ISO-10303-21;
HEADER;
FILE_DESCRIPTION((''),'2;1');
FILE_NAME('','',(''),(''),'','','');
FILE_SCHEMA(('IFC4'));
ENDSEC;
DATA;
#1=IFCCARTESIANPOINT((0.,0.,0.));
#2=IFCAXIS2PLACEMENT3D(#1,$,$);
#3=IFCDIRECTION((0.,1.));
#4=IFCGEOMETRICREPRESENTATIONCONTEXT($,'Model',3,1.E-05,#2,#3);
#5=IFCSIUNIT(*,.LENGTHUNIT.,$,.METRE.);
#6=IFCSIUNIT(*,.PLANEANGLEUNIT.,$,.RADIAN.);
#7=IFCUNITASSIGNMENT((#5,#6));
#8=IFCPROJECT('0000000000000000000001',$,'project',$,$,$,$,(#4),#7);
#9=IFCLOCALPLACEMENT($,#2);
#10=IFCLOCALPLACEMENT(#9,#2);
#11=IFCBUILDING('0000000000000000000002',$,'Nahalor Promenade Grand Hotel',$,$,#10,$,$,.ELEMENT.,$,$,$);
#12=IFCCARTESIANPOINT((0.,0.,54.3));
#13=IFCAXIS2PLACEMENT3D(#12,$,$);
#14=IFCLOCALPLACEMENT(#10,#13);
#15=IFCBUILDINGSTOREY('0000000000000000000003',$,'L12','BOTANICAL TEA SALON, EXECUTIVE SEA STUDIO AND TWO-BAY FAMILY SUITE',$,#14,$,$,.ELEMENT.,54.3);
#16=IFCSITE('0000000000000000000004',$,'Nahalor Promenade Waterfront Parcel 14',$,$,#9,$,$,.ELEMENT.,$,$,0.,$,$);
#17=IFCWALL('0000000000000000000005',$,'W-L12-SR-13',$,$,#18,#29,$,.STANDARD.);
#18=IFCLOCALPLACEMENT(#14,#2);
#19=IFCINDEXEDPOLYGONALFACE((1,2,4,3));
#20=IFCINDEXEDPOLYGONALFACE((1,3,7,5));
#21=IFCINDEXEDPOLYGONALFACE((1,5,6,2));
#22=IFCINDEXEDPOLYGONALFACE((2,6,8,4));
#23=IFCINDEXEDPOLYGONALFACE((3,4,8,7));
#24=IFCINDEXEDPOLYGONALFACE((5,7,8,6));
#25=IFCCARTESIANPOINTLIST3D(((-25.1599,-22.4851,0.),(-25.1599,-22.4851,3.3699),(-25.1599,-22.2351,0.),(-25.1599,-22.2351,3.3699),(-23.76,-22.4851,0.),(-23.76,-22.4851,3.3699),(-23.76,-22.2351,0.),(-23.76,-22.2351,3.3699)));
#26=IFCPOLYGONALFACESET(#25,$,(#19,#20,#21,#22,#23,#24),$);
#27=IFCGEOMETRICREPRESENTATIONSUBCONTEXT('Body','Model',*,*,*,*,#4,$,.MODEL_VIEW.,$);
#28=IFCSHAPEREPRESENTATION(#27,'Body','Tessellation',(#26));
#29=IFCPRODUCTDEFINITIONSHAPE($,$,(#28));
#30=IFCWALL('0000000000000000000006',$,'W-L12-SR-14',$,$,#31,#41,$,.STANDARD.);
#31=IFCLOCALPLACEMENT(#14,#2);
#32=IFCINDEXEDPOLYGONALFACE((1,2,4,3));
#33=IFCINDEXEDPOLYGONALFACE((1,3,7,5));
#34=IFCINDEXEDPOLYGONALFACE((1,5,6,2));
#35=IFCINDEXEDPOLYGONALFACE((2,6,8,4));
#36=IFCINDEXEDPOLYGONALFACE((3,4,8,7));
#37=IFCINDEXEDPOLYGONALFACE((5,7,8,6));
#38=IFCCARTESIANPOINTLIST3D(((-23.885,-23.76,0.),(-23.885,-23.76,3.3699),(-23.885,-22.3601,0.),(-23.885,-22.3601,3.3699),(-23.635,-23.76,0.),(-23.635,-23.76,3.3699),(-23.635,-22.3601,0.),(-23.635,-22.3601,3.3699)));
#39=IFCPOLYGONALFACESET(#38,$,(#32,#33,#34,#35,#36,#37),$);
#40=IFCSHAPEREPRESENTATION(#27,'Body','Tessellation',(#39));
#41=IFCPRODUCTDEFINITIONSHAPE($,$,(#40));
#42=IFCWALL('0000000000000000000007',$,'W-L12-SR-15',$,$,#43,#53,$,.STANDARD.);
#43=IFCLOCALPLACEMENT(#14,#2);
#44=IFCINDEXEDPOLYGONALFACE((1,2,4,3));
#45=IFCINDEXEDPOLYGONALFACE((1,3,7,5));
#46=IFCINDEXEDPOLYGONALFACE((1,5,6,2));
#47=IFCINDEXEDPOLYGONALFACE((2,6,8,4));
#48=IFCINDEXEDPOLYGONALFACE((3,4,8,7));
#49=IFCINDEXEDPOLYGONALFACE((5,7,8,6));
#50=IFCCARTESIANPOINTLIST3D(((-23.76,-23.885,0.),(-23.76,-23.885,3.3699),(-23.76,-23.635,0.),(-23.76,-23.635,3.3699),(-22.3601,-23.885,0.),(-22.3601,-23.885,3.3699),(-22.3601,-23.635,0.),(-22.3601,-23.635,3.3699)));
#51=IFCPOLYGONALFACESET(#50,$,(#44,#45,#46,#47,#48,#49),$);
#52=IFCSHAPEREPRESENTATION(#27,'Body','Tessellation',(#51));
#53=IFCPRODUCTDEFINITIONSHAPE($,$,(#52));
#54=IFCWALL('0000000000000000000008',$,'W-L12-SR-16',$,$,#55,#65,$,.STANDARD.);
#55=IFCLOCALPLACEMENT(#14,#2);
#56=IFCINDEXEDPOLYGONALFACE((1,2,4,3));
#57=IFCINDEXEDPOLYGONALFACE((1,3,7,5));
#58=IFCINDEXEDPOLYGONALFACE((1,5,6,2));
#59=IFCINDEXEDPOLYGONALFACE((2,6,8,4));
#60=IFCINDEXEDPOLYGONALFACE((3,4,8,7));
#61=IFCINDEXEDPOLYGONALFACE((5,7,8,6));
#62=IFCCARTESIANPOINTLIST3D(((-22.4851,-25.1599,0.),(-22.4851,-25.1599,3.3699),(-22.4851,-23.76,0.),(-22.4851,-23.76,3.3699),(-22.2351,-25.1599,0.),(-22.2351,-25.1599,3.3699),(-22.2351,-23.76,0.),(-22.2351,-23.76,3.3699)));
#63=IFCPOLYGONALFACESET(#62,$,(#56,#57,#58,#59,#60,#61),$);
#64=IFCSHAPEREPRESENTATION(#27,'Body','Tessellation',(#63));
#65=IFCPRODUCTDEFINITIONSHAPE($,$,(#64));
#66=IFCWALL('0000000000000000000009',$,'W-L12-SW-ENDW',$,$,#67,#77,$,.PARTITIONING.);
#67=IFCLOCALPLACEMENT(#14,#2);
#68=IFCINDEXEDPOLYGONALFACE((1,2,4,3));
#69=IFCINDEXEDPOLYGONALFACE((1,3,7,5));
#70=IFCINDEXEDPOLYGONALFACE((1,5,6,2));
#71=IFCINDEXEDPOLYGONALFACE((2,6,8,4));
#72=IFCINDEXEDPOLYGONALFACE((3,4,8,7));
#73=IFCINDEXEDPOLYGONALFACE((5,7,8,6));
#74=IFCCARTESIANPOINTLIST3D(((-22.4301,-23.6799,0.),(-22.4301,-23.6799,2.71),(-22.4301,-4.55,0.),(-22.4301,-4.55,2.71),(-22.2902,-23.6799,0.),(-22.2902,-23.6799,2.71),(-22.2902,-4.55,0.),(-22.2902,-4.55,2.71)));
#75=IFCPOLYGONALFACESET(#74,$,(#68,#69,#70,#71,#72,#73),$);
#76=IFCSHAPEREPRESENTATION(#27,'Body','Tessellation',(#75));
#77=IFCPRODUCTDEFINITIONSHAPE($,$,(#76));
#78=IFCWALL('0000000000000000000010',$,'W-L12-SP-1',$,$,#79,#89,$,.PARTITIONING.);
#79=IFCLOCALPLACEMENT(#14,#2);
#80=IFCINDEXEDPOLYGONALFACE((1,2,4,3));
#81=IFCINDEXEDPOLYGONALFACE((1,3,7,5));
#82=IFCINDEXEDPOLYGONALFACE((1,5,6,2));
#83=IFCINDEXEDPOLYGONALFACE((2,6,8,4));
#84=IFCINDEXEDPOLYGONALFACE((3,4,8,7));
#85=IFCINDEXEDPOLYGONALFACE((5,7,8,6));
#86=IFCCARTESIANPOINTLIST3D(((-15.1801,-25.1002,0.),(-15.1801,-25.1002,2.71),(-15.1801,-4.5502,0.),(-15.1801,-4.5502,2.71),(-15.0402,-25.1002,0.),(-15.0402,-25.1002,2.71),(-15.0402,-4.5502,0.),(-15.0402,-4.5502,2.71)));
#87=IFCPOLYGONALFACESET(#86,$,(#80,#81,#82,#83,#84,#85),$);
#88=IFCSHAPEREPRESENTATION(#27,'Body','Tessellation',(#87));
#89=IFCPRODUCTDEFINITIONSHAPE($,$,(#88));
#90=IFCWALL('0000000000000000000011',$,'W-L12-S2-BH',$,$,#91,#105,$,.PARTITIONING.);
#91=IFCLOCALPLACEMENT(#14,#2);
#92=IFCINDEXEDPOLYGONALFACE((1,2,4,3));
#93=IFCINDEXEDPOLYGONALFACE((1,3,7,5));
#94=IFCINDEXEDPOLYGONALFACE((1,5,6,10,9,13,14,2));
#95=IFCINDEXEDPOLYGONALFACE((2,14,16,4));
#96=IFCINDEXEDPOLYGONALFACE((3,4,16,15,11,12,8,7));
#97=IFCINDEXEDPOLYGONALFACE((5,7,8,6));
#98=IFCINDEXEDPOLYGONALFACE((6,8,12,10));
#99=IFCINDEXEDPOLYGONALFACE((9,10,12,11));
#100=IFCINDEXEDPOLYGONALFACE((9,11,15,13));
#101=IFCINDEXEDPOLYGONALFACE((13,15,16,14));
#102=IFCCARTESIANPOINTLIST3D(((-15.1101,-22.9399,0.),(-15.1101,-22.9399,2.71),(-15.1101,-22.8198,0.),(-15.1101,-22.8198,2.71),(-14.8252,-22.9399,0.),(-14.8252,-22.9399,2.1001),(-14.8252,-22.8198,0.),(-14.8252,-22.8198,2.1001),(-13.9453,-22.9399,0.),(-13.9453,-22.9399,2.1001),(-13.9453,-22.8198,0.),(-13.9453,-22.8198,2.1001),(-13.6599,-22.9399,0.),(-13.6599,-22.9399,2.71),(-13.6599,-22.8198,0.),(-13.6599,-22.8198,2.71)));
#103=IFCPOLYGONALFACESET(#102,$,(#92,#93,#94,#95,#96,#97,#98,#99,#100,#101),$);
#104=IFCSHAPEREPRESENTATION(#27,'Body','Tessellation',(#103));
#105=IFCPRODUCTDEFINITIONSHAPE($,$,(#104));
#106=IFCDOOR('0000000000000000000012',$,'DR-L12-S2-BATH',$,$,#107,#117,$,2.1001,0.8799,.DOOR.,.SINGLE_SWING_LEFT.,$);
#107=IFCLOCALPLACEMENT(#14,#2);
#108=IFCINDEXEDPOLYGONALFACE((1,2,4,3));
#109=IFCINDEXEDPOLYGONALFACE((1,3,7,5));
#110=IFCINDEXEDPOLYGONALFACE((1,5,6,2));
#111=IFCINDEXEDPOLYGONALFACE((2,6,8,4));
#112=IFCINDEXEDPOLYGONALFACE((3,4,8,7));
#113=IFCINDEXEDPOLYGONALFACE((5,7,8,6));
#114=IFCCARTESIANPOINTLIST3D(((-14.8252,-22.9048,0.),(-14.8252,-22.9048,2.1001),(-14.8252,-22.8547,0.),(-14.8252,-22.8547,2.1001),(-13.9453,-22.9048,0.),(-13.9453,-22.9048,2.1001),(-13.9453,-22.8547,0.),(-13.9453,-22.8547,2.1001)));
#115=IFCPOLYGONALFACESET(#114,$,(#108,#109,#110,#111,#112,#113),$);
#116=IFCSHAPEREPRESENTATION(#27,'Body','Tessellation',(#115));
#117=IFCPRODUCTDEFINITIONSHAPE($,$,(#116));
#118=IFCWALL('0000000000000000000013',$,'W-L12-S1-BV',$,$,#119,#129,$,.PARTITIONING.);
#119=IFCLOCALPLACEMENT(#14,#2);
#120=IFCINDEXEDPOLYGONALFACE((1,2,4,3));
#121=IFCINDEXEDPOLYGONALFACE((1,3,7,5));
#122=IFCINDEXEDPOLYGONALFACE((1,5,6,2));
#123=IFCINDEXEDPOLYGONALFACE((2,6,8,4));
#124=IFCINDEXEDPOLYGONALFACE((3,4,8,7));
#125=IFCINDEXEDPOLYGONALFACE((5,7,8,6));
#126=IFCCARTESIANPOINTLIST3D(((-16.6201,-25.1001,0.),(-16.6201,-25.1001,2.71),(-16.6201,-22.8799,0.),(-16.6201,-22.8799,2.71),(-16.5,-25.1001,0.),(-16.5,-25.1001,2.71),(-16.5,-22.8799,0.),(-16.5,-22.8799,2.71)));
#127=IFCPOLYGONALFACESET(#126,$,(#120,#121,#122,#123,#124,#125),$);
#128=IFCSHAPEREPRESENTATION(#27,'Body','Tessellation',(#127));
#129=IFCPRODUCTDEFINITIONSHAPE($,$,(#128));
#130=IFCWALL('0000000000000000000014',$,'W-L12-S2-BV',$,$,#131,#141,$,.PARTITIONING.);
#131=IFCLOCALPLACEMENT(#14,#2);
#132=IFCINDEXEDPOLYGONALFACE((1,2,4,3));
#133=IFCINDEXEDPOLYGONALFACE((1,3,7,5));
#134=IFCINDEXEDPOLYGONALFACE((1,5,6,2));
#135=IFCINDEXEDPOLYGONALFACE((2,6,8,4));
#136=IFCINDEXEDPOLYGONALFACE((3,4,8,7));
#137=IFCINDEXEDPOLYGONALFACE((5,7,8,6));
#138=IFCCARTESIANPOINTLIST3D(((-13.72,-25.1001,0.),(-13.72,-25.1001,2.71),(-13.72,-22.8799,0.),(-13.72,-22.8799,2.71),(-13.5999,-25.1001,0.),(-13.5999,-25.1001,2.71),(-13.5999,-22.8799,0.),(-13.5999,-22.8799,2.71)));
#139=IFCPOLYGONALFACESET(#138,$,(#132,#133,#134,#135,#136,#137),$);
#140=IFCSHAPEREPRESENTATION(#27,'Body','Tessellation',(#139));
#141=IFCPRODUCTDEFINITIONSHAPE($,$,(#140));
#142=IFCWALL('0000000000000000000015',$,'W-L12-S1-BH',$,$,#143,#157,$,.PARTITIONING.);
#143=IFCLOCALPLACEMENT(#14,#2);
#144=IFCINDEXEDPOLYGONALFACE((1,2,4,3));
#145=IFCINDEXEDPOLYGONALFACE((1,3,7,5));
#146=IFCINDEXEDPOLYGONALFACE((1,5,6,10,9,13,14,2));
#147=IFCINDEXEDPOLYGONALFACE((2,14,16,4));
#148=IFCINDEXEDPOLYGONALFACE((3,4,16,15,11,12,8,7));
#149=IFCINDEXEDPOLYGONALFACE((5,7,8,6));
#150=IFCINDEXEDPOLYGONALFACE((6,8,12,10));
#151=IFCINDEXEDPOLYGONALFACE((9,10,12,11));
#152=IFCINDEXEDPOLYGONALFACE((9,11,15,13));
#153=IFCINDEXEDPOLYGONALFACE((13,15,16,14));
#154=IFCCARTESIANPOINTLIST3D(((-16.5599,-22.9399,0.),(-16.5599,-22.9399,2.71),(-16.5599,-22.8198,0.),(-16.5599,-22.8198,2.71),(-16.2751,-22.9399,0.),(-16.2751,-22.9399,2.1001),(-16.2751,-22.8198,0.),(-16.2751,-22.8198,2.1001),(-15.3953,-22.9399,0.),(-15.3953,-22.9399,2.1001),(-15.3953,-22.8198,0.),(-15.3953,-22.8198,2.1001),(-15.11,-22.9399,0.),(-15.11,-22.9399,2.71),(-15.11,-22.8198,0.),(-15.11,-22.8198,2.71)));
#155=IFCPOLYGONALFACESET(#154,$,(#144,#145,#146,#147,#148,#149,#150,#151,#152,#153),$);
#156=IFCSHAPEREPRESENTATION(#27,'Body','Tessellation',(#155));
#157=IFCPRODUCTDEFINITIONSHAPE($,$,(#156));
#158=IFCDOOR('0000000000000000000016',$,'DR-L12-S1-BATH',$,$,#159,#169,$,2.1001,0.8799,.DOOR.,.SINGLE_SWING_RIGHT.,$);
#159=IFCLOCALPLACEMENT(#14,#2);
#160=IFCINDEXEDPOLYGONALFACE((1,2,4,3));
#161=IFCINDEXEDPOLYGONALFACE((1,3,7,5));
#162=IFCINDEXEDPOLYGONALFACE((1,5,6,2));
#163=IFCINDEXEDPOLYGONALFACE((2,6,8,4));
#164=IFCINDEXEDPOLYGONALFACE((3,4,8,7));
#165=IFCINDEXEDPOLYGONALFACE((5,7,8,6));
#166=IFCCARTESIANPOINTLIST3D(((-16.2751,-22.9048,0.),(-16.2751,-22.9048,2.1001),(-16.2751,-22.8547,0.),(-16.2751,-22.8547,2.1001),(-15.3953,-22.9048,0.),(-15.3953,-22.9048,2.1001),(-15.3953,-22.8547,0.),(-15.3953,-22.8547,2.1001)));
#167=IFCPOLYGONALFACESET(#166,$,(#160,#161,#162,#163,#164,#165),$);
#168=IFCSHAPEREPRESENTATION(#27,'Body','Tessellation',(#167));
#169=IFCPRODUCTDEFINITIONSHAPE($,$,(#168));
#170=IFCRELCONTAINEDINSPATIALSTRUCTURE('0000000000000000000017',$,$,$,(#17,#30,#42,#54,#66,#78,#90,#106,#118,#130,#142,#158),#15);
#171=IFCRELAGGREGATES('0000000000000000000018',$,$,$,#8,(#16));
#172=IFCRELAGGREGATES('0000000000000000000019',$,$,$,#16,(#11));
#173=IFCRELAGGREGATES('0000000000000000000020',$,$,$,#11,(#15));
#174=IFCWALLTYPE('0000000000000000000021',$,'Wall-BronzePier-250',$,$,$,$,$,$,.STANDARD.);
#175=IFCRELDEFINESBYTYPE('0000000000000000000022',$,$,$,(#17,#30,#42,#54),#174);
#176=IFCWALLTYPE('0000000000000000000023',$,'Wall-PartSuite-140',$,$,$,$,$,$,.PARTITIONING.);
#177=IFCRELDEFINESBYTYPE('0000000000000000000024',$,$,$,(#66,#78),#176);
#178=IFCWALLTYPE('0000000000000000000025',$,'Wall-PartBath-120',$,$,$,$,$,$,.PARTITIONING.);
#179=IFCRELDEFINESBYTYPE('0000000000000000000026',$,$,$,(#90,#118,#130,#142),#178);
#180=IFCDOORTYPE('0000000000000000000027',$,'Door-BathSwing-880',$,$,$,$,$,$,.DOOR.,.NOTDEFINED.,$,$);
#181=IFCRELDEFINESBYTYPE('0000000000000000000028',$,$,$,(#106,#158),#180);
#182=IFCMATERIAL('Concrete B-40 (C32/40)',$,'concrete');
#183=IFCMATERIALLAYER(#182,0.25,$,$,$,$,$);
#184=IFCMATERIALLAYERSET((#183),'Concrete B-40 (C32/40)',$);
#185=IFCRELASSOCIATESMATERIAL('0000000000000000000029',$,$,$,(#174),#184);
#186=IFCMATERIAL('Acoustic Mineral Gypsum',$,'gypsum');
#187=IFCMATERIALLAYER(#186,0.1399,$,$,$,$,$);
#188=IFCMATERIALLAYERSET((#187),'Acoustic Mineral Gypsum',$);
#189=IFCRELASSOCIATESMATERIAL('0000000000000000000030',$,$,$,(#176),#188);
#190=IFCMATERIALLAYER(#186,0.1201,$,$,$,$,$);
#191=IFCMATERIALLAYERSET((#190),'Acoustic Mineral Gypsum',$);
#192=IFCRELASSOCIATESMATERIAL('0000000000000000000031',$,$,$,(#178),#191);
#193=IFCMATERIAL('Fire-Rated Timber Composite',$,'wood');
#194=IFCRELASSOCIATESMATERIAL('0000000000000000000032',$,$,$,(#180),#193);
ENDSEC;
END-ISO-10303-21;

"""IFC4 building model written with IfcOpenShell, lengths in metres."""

from ifc_helpers import new_model, si_unit, direction, frame, frame_2d, origin, place, context, subcontext, project, spatial, rectangle, extrude, source, transform, mapped, material, layer, layer_set, type_object, element, fill, save


model = new_model("IFC4")

# Units and contexts
model_context = context("Model", 3, precision=1e-05, world=origin(), true_north=direction((0.0, 1.0)))
body_context = subcontext(model_context, "Body", "Model", "MODEL_VIEW")
ifc_project = project(units=[si_unit("LENGTHUNIT", "METRE"), si_unit("PLANEANGLEUNIT", "RADIAN")], contexts=[model_context])

# Site, building, storey
site_placement = place(None, origin())
site = spatial("IfcSite", under=ifc_project, at=site_placement, Name="Nahalor Promenade Waterfront Parcel 14", CompositionType="ELEMENT", RefElevation=0.0)
building_placement = place(site_placement, origin())
building = spatial("IfcBuilding", under=site, at=building_placement, Name="Nahalor Promenade Grand Hotel", CompositionType="ELEMENT")
storey_placement = place(building_placement, frame((0.0, 0.0, 54.3)))
storey = spatial("IfcBuildingStorey", under=building, at=storey_placement, Name="L12", Description="BOTANICAL TEA SALON, EXECUTIVE SEA STUDIO AND TWO-BAY FAMILY SUITE", CompositionType="ELEMENT", Elevation=54.3)

# Walls
ifc_material_1 = material(Name="Concrete B-40 (C32/40)", Category="concrete")
ifc_layer_1 = layer(ifc_material_1, 0.25)
ifc_layer_set_1 = layer_set([ifc_layer_1], Name="Concrete B-40 (C32/40)")
wall_type_1 = type_object("IfcWallType", Name="Wall-BronzePier-250", PredefinedType="STANDARD", material=ifc_layer_set_1)
shared_shape_1 = source(origin(), body_context, "Body", "SweptSolid", [
    extrude(rectangle(XDim=1.3999, YDim=0.25, at=frame_2d((0.7, 0.0))), origin(), (0.0, 0.0, 1.0), 3.3699),
])
for number, where, z_axis, x_axis, name in (
    (1, (-25.1599, -22.3601, 0.0), (0.0, 0.0, 1.0), (1.0, 0.0, 0.0), "W-L12-SR-13"),
    (2, (-23.76, -23.76, 0.0), (0.0, 0.0, 1.0), (0.0, 1.0, 0.0), "W-L12-SR-14"),
    (3, (-23.76, -23.76, 0.0), (0.0, 0.0, 1.0), (1.0, 0.0, 0.0), "W-L12-SR-15"),
    (4, (-22.3601, -25.1599, 0.0), (0.0, 0.0, 1.0), (0.0, 1.0, 0.0), "W-L12-SR-16"),
):
    element("IfcWall", number, at=place(storey_placement, frame(where, z_axis=z_axis, x_axis=x_axis)), inside=storey, type_object=wall_type_1, Name=name, PredefinedType="STANDARD", context=body_context, shape_type="MappedRepresentation", body=[
        mapped(shared_shape_1, transform((0.0, 0.0, 0.0), scale=1.0)),
    ])
ifc_material_2 = material(Name="Acoustic Mineral Gypsum", Category="gypsum")
ifc_layer_2 = layer(ifc_material_2, 0.1399)
ifc_layer_set_2 = layer_set([ifc_layer_2], Name="Acoustic Mineral Gypsum")
wall_type_2 = type_object("IfcWallType", Name="Wall-PartSuite-140", PredefinedType="PARTITIONING", material=ifc_layer_set_2)
shared_shape_2 = source(origin(), body_context, "Body", "SweptSolid", [
    extrude(rectangle(XDim=19.1299, YDim=0.1399, at=frame_2d((9.5649, 0.0))), origin(), (0.0, 0.0, 1.0), 2.71),
])
wall_1_placement = place(storey_placement, frame((-22.3601, -23.6799, 0.0), z_axis=(0.0, 0.0, 1.0), x_axis=(0.0, 1.0, 0.0)))
element("IfcWall", 5, at=wall_1_placement, inside=storey, type_object=wall_type_2, Name="W-L12-SW-ENDW", PredefinedType="PARTITIONING", context=body_context, shape_type="MappedRepresentation", body=[
    mapped(shared_shape_2, transform((0.0, 0.0, 0.0), scale=1.0)),
])
shared_shape_3 = source(origin(), body_context, "Body", "SweptSolid", [
    extrude(rectangle(XDim=20.55, YDim=0.1399, at=frame_2d((10.2749, 0.0))), origin(), (0.0, 0.0, 1.0), 2.71),
])
wall_2_placement = place(storey_placement, frame((-15.1101, -25.1001, 0.0), z_axis=(0.0, 0.0, 1.0), x_axis=(0.0, 1.0, 0.0)))
element("IfcWall", 6, at=wall_2_placement, inside=storey, type_object=wall_type_2, Name="W-L12-SP-1", PredefinedType="PARTITIONING", context=body_context, shape_type="MappedRepresentation", body=[
    mapped(shared_shape_3, transform((0.0, 0.0, 0.0), scale=1.0)),
])

# Wall, opening, door
ifc_layer_3 = layer(ifc_material_2, 0.1201)
ifc_layer_set_3 = layer_set([ifc_layer_3], Name="Acoustic Mineral Gypsum")
wall_type_3 = type_object("IfcWallType", Name="Wall-PartBath-120", PredefinedType="PARTITIONING", material=ifc_layer_set_3)
shared_shape_4 = source(origin(), body_context, "Body", "SweptSolid", [
    extrude(rectangle(XDim=1.4502, YDim=0.1201, at=frame_2d((0.7251, 0.0))), origin(), (0.0, 0.0, 1.0), 2.71),
])
wall_3_placement = place(storey_placement, frame((-15.1101, -22.8799, 0.0), z_axis=(0.0, 0.0, 1.0), x_axis=(1.0, 0.0, 0.0)))
wall_3 = element("IfcWall", 7, at=wall_3_placement, inside=storey, type_object=wall_type_3, Name="W-L12-S2-BH", PredefinedType="PARTITIONING", context=body_context, shape_type="MappedRepresentation", body=[
    mapped(shared_shape_4, transform((0.0, 0.0, 0.0), scale=1.0)),
])
opening_1_placement = place(wall_3_placement, frame((0.2849, 0.0, 0.0)))
opening_1 = element("IfcOpeningElement", 8, at=opening_1_placement, cuts=wall_3, PredefinedType="OPENING", context=body_context, shape_type="SweptSolid", body=[
    extrude(rectangle(XDim=0.8799, YDim=2.1001, at=frame_2d((0.4399, 1.05))), frame((0.0, 0.0701, 0.0), z_axis=(0.0, -1.0, 0.0), x_axis=(1.0, 0.0, 0.0)), (0.0, 0.0, 1.0), 0.1401),
])
ifc_material_3 = material(Name="Fire-Rated Timber Composite", Category="wood")
door_type = type_object("IfcDoorType", Name="Door-BathSwing-880", OperationType="NOTDEFINED", PredefinedType="DOOR", material=ifc_material_3)
shared_shape_5 = source(origin(), body_context, "Body", "SweptSolid", [
    extrude(rectangle(XDim=0.8799, YDim=2.1001, at=frame_2d((0.4399, 1.05))), frame((0.0, 0.0249, 0.0), z_axis=(0.0, -1.0, 0.0), x_axis=(1.0, 0.0, 0.0)), (0.0, 0.0, 1.0), 0.05),
])
door_1_placement = place(opening_1_placement, frame((0.8799, 0.0, 0.0), z_axis=(0.0, 0.0, 1.0), x_axis=(-1.0, 0.0, 0.0)))
door_1 = element("IfcDoor", 9, at=door_1_placement, inside=storey, type_object=door_type, Name="DR-L12-S2-BATH", OperationType="SINGLE_SWING_LEFT", OverallHeight=2.1001, OverallWidth=0.8799, PredefinedType="DOOR", context=body_context, shape_type="MappedRepresentation", body=[
    mapped(shared_shape_5, transform((0.0, 0.0, 0.0), scale=1.0)),
])
fill(opening_1, door_1)

# Walls
shared_shape_6 = source(origin(), body_context, "Body", "SweptSolid", [
    extrude(rectangle(XDim=2.2202, YDim=0.1201, at=frame_2d((1.1101, 0.0))), origin(), (0.0, 0.0, 1.0), 2.71),
])
for number, where, z_axis, x_axis, name in (
    (10, (-16.5601, -25.1001, 0.0), (0.0, 0.0, 1.0), (0.0, 1.0, 0.0), "W-L12-S1-BV"),
    (11, (-13.6599, -25.1001, 0.0), (0.0, 0.0, 1.0), (0.0, 1.0, 0.0), "W-L12-S2-BV"),
):
    element("IfcWall", number, at=place(storey_placement, frame(where, z_axis=z_axis, x_axis=x_axis)), inside=storey, type_object=wall_type_3, Name=name, PredefinedType="PARTITIONING", context=body_context, shape_type="MappedRepresentation", body=[
        mapped(shared_shape_6, transform((0.0, 0.0, 0.0), scale=1.0)),
    ])

# Wall, opening, door
shared_shape_7 = source(origin(), body_context, "Body", "SweptSolid", [
    extrude(rectangle(XDim=1.45, YDim=0.1201, at=frame_2d((0.7251, 0.0))), origin(), (0.0, 0.0, 1.0), 2.71),
])
wall_4_placement = place(storey_placement, frame((-16.5601, -22.8799, 0.0), z_axis=(0.0, 0.0, 1.0), x_axis=(1.0, 0.0, 0.0)))
wall_4 = element("IfcWall", 12, at=wall_4_placement, inside=storey, type_object=wall_type_3, Name="W-L12-S1-BH", PredefinedType="PARTITIONING", context=body_context, shape_type="MappedRepresentation", body=[
    mapped(shared_shape_7, transform((0.0, 0.0, 0.0), scale=1.0)),
])
opening_2_placement = place(wall_4_placement, frame((0.2849, 0.0, 0.0)))
opening_2 = element("IfcOpeningElement", 13, at=opening_2_placement, cuts=wall_4, PredefinedType="OPENING", context=body_context, shape_type="SweptSolid", body=[
    extrude(rectangle(XDim=0.8799, YDim=2.1001, at=frame_2d((0.4399, 1.05))), frame((0.0, 0.0701, 0.0), z_axis=(0.0, -1.0, 0.0), x_axis=(1.0, 0.0, 0.0)), (0.0, 0.0, 1.0), 0.1401),
])
door_2_placement = place(opening_2_placement, frame((0.8799, 0.0, 0.0), z_axis=(0.0, 0.0, 1.0), x_axis=(-1.0, 0.0, 0.0)))
door_2 = element("IfcDoor", 14, at=door_2_placement, inside=storey, type_object=door_type, Name="DR-L12-S1-BATH", OperationType="SINGLE_SWING_RIGHT", OverallHeight=2.1001, OverallWidth=0.8799, PredefinedType="DOOR", context=body_context, shape_type="MappedRepresentation", body=[
    mapped(shared_shape_5, transform((0.0, 0.0, 0.0), scale=1.0)),
])
fill(opening_2, door_2)

save(model, "model.ifc")
